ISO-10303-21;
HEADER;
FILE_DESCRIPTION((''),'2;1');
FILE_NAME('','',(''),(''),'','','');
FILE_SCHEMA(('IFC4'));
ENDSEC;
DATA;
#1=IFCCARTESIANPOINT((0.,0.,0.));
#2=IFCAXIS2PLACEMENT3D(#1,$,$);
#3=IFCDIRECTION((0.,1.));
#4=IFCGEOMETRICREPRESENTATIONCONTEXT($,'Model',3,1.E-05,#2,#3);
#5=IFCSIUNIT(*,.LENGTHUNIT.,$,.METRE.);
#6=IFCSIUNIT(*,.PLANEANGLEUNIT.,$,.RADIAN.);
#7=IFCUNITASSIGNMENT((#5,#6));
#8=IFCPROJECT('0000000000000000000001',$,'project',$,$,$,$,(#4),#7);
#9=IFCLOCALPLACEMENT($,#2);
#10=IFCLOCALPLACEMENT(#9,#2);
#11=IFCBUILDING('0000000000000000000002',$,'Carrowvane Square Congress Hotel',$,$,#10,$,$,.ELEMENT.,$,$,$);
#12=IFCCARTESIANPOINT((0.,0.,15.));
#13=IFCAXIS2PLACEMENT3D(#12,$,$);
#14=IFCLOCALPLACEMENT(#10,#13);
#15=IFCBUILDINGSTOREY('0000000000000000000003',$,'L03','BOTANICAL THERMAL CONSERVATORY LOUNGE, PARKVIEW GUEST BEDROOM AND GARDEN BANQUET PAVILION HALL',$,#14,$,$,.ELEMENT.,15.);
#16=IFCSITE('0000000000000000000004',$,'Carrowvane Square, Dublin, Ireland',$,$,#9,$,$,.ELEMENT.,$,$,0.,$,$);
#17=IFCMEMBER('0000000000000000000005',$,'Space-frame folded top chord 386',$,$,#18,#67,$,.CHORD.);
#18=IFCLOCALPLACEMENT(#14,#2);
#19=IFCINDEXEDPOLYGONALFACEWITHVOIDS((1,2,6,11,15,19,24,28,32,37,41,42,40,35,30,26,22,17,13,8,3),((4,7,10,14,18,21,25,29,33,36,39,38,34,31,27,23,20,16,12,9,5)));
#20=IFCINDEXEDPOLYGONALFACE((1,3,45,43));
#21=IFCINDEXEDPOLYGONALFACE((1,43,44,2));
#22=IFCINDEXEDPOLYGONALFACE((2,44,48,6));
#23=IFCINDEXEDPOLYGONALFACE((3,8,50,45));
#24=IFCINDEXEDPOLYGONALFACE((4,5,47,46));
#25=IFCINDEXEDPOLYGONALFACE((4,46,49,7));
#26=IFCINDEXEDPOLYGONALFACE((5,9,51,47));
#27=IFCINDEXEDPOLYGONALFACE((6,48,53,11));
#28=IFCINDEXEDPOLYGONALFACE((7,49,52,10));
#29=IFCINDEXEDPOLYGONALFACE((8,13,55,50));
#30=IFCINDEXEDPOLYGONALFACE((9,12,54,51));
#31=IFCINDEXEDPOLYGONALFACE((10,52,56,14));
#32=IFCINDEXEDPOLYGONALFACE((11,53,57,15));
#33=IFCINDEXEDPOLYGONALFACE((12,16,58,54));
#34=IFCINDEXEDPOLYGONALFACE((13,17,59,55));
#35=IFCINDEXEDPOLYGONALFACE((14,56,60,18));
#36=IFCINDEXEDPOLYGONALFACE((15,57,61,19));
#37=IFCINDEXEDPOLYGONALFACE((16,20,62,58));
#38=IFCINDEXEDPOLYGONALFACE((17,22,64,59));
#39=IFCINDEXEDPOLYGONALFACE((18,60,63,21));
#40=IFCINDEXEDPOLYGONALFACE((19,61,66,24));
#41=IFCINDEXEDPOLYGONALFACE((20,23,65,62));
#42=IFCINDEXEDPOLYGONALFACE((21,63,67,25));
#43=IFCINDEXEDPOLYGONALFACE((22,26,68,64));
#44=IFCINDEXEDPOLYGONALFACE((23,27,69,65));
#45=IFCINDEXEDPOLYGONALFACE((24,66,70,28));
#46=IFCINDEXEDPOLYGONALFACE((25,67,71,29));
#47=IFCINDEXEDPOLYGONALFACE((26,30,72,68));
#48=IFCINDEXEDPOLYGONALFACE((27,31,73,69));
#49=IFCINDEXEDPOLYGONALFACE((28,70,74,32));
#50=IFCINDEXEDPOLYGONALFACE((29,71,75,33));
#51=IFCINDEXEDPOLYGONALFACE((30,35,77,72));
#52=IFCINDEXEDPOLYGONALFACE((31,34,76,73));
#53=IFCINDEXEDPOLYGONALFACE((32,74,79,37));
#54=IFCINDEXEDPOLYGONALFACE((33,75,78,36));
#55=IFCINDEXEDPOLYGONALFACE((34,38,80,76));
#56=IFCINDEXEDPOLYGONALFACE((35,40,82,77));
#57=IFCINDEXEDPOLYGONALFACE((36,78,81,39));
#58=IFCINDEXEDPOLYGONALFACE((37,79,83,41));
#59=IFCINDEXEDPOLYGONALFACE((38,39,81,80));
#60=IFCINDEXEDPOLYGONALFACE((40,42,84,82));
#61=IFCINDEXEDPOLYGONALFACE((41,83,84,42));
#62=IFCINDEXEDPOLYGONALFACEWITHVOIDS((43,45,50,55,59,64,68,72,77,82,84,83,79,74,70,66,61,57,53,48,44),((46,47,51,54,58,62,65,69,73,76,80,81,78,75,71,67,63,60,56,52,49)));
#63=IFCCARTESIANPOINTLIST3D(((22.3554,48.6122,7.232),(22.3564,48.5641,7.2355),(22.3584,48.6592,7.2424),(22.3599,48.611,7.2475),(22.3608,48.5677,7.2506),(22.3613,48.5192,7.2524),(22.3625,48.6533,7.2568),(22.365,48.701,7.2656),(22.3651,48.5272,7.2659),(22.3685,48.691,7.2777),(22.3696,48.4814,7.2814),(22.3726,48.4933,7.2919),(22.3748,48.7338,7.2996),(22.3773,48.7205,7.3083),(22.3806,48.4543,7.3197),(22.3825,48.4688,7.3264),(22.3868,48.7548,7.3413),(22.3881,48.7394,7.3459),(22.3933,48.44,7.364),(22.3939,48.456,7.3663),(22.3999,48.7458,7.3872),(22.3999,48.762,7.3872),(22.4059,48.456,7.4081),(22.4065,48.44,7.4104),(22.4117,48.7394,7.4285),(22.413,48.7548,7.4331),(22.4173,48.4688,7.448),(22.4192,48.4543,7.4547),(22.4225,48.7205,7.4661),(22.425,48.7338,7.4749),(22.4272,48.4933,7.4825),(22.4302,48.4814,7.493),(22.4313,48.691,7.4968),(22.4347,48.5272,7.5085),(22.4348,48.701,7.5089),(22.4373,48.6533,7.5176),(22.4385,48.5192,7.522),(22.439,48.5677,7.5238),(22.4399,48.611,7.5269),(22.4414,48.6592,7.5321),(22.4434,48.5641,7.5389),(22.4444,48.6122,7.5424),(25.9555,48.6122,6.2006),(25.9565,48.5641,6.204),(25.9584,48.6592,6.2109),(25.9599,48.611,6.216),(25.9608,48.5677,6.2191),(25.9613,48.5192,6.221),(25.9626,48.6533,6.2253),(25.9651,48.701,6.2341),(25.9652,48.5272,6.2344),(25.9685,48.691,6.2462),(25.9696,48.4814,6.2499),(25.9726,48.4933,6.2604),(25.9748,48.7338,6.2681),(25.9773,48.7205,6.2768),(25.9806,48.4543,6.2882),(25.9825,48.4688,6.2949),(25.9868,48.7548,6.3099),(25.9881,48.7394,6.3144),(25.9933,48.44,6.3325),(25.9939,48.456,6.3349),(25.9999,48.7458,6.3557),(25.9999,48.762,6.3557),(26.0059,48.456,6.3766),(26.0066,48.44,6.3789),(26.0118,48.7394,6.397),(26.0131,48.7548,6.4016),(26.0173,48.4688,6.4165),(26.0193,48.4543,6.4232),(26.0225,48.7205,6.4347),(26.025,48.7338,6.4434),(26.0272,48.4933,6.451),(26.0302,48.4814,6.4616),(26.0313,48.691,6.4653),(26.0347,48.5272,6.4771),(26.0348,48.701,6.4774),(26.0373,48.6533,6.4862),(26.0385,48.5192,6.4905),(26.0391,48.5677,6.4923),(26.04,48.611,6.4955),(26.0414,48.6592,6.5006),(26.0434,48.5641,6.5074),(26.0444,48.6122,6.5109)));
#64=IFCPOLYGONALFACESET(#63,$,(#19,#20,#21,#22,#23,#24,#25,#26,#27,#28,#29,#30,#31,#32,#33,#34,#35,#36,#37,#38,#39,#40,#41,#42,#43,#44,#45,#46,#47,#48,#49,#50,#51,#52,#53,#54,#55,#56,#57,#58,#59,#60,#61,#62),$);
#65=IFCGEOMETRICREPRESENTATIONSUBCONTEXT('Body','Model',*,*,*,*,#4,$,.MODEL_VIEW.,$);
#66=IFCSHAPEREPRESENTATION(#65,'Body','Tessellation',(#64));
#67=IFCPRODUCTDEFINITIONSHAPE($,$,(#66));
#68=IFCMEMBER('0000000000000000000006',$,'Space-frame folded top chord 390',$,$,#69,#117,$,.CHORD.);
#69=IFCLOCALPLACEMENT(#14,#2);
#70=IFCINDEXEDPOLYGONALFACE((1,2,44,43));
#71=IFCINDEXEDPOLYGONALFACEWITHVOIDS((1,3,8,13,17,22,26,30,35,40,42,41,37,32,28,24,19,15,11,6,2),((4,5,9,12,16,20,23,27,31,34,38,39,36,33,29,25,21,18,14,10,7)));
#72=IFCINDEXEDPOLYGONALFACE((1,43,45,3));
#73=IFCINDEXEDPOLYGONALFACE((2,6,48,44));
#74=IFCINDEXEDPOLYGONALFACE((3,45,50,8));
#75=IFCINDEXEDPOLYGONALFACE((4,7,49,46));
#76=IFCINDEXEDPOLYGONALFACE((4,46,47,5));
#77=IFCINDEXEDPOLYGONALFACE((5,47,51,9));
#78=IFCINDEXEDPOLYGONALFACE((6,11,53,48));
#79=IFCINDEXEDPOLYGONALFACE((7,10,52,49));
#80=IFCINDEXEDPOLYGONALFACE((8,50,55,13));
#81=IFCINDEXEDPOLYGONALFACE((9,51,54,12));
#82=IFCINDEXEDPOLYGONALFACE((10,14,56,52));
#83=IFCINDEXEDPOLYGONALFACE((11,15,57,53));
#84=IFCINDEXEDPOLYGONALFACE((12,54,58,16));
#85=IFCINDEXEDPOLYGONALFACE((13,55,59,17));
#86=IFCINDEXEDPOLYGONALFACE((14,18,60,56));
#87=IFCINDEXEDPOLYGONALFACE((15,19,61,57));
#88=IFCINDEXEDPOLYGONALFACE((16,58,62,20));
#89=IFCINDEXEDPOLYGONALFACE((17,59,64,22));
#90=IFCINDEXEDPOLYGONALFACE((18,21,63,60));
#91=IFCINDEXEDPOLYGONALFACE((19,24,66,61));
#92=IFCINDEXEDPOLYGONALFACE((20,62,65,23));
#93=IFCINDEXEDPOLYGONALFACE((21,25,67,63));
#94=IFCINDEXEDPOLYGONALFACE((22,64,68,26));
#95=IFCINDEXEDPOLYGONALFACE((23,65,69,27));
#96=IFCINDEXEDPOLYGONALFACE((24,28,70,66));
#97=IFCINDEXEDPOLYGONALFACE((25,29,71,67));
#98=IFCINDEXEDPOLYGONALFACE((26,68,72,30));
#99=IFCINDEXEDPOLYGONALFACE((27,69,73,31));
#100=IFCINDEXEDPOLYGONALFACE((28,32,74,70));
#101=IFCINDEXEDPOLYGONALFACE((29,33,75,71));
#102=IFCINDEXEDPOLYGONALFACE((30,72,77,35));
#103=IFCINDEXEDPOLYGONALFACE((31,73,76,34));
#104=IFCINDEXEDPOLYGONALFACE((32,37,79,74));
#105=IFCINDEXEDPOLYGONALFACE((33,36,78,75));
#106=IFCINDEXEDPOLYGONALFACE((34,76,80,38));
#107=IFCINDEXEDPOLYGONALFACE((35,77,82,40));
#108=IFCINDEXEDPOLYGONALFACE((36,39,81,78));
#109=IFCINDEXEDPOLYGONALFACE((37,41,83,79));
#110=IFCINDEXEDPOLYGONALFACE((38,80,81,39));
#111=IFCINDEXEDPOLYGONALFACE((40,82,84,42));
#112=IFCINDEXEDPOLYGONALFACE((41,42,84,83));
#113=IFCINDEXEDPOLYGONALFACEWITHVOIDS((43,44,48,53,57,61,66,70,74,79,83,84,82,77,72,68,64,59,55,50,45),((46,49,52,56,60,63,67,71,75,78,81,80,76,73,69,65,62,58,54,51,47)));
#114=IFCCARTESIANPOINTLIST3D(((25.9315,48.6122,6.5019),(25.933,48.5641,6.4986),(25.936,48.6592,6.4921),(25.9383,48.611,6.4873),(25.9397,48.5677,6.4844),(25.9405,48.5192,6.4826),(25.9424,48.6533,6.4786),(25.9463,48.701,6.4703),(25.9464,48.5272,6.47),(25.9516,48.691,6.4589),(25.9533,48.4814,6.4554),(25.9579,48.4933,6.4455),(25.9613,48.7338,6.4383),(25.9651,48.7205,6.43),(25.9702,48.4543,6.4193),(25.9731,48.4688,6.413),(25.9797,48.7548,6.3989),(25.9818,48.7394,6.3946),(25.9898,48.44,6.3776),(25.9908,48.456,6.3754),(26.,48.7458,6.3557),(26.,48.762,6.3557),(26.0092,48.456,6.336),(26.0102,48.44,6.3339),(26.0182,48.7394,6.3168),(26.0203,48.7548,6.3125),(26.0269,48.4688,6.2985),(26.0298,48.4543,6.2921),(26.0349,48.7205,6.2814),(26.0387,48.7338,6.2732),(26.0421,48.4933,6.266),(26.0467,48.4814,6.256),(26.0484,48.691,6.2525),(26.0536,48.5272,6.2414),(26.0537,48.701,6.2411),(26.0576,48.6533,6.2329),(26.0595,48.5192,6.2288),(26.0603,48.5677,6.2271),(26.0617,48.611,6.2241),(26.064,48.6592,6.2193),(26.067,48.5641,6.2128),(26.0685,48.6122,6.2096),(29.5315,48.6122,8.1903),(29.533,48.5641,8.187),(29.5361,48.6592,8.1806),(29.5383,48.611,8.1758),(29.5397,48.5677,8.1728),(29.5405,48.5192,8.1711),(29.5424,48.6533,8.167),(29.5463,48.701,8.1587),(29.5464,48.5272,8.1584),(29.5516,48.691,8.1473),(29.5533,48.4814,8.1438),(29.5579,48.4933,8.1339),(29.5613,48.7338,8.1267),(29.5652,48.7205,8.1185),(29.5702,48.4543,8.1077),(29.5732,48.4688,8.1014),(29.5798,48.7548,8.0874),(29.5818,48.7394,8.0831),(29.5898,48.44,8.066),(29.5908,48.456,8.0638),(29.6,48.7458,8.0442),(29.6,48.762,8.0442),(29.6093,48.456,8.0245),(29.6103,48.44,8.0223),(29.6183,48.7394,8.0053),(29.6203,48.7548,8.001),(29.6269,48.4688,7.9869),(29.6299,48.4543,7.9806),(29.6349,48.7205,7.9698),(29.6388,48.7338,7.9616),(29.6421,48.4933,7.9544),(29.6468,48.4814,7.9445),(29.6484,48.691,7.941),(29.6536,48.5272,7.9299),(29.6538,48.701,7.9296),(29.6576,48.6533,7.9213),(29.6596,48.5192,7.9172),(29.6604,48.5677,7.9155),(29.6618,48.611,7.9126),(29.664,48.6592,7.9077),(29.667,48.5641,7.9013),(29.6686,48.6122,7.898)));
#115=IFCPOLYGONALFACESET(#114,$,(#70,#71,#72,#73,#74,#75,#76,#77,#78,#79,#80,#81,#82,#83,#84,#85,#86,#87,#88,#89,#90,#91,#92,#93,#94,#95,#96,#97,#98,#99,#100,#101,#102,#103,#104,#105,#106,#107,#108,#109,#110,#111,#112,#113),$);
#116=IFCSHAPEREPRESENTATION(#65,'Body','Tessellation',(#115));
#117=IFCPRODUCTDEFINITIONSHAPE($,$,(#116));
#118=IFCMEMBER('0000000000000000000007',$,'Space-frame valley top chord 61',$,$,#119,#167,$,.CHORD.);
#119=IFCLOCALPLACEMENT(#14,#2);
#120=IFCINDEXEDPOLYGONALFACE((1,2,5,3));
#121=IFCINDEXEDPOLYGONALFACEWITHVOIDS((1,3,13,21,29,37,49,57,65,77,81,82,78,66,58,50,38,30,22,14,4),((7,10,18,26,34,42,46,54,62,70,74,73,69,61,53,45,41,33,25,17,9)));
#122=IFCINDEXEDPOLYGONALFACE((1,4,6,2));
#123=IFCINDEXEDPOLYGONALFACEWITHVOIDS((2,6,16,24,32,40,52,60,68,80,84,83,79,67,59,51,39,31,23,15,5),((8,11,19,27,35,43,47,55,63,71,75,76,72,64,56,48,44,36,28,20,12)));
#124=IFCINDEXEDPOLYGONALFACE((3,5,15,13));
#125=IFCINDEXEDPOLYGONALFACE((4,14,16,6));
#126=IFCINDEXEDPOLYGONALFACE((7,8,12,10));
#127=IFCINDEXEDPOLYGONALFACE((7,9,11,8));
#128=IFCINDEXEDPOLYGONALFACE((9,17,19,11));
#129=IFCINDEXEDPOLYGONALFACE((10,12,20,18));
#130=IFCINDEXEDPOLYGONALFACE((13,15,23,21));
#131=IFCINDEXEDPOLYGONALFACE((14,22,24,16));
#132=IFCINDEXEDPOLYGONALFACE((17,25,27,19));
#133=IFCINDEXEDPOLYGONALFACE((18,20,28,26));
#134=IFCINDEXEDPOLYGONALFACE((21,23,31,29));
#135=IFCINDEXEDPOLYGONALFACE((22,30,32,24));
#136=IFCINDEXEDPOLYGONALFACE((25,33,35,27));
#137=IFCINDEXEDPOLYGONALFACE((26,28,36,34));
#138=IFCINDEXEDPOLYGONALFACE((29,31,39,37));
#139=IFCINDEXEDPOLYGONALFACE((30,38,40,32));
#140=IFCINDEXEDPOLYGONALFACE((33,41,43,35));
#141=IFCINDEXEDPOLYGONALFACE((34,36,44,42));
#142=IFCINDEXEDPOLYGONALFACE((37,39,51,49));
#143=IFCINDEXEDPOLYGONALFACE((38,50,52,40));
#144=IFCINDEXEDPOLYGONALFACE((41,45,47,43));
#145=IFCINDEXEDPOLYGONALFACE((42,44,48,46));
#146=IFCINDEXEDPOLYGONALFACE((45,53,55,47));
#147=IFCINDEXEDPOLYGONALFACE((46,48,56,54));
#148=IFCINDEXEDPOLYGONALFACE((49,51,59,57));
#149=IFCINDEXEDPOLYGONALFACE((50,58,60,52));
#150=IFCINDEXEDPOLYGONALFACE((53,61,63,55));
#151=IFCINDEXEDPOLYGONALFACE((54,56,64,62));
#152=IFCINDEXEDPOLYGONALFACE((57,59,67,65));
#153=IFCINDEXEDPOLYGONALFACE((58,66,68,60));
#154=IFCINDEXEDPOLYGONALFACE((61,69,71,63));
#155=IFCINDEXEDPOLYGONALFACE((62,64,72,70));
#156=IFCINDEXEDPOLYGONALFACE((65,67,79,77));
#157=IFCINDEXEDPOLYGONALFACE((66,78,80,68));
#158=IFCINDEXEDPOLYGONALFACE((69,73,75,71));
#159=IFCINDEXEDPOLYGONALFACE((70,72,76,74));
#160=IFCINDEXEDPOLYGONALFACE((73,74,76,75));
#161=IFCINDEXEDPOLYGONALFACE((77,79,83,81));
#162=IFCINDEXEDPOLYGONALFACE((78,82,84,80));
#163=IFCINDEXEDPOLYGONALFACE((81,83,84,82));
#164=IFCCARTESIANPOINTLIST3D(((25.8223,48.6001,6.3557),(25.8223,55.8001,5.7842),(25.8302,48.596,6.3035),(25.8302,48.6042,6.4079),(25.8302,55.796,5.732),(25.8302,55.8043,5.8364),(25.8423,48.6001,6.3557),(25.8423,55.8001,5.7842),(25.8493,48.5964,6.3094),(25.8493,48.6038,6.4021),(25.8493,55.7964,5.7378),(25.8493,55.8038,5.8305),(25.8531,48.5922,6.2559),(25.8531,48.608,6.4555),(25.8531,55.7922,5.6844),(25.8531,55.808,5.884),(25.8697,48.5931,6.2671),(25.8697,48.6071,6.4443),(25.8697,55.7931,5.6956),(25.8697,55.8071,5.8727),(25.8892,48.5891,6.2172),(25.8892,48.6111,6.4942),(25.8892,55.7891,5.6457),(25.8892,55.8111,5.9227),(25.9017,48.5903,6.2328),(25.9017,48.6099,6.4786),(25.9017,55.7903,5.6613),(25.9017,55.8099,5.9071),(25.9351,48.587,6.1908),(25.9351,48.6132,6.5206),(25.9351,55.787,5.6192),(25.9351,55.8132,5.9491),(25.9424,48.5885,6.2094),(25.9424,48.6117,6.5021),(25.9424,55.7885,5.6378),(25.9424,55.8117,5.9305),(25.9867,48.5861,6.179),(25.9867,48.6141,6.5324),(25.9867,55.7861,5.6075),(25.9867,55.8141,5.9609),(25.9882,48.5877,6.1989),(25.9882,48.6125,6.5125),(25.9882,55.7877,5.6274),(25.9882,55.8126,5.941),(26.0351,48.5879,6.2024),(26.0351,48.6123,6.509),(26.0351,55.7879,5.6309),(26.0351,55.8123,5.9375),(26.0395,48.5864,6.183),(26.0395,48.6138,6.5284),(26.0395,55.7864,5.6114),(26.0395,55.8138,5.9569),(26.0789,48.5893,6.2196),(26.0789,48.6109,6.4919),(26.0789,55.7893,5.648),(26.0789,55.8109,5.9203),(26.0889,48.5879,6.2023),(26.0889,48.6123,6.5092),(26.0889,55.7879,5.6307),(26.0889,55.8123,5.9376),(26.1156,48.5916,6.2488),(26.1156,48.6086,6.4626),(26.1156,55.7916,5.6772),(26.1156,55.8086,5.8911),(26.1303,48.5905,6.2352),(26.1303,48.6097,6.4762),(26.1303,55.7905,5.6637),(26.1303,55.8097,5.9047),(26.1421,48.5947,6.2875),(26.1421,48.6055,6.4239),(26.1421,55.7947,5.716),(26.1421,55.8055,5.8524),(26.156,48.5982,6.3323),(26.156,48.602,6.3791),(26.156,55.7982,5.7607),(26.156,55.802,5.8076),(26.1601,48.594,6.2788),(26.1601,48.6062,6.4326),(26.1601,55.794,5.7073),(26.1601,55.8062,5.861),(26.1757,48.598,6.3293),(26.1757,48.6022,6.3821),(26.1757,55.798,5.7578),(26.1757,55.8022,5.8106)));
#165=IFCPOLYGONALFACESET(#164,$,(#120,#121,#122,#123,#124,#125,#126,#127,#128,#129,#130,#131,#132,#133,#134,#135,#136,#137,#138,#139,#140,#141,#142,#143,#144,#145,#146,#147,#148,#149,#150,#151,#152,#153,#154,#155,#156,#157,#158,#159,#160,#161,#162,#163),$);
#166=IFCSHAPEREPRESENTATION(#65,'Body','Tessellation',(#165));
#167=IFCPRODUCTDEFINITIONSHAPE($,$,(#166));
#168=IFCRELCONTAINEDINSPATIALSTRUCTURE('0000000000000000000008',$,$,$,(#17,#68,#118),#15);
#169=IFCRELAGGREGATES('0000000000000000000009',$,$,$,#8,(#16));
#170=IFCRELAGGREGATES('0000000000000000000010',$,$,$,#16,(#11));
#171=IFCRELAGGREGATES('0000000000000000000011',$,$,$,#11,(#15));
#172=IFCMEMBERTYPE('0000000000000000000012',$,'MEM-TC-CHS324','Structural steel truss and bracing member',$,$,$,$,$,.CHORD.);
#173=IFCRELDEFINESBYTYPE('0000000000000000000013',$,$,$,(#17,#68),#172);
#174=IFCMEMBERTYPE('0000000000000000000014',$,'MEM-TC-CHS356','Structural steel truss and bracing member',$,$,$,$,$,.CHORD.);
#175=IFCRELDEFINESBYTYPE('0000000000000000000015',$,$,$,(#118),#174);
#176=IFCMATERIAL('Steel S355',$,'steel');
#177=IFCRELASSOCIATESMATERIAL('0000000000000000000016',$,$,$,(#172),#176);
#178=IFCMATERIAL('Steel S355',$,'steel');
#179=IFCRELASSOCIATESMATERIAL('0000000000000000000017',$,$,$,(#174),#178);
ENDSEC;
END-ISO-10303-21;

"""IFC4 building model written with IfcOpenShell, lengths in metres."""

from ifc_helpers import new_model, si_unit, direction, frame, origin, origin_2d, place, context, subcontext, project, spatial, hollow_circle, extrude, material, material_profile, profile_set, type_object, element, save


model = new_model("IFC4")

# Units and contexts
model_context = context("Model", 3, precision=1e-05, world=origin(), true_north=direction((0.0, 1.0)))
body_context = subcontext(model_context, "Body", "Model", "MODEL_VIEW")
ifc_project = project(units=[si_unit("LENGTHUNIT", "METRE"), si_unit("PLANEANGLEUNIT", "RADIAN")], contexts=[model_context])

# Site, building, storey
site_placement = place(None, origin())
site = spatial("IfcSite", under=ifc_project, at=site_placement, Name="Carrowvane Square, Dublin, Ireland", CompositionType="ELEMENT", RefElevation=0.0)
building_placement = place(site_placement, origin())
building = spatial("IfcBuilding", under=site, at=building_placement, Name="Carrowvane Square Congress Hotel", CompositionType="ELEMENT")
storey_placement = place(building_placement, frame((0.0, 0.0, 15.0)))
storey = spatial("IfcBuildingStorey", under=building, at=storey_placement, Name="L03", Description="BOTANICAL THERMAL CONSERVATORY LOUNGE, PARKVIEW GUEST BEDROOM AND GARDEN BANQUET PAVILION HALL", CompositionType="ELEMENT", Elevation=15.0)

# Members
ifc_material_1 = material(Name="Steel S355", Category="steel")
ifc_material_profile_1 = material_profile(ifc_material_1, hollow_circle(Radius=0.1619, WallThickness=0.0161, at=origin_2d()), Name="CHS 323.9x16")
ifc_profile_set_1 = profile_set([ifc_material_profile_1], Name="Steel S355")
member_type_1 = type_object("IfcMemberType", Name="MEM-TC-CHS324", Description="Structural steel truss and bracing member", PredefinedType="CHORD", material=ifc_profile_set_1)
member_1_placement = place(storey_placement, frame((22.3999, 48.6001, 7.3872), z_axis=(0.961319, 0.0, -0.275436), x_axis=(0.0, 1.0, 0.0)))
element("IfcMember", 1, at=member_1_placement, inside=storey, type_object=member_type_1, Name="Space-frame folded top chord 386", PredefinedType="CHORD", context=body_context, shape_type="SweptSolid", body=[
    extrude(hollow_circle(Radius=0.1619, WallThickness=0.0161, at=origin_2d()), origin(), (0.0, 0.0, 1.0), 3.7449),
])
member_2_placement = place(storey_placement, frame((26.0, 48.6001, 6.3557), z_axis=(0.905369, 0.0, 0.424626), x_axis=(0.0, 1.0, 0.0)))
element("IfcMember", 2, at=member_2_placement, inside=storey, type_object=member_type_1, Name="Space-frame folded top chord 390", PredefinedType="CHORD", context=body_context, shape_type="SweptSolid", body=[
    extrude(hollow_circle(Radius=0.1619, WallThickness=0.0161, at=origin_2d()), origin(), (0.0, 0.0, 1.0), 3.9763),
])
ifc_material_2 = material(Name="Steel S355", Category="steel")
ifc_material_profile_2 = material_profile(ifc_material_2, hollow_circle(Radius=0.1777, WallThickness=0.02, at=origin_2d()), Name="CHS 355.6x20")
ifc_profile_set_2 = profile_set([ifc_material_profile_2], Name="Steel S355")
member_type_2 = type_object("IfcMemberType", Name="MEM-TC-CHS356", Description="Structural steel truss and bracing member", PredefinedType="CHORD", material=ifc_profile_set_2)
member_3_placement = place(storey_placement, frame((26.0, 48.6001, 6.3557), z_axis=(0.0, 0.996864, -0.079131), x_axis=(-1.0, 0.0, 0.0)))
element("IfcMember", 3, at=member_3_placement, inside=storey, type_object=member_type_2, Name="Space-frame valley top chord 61", PredefinedType="CHORD", context=body_context, shape_type="SweptSolid", body=[
    extrude(hollow_circle(Radius=0.1777, WallThickness=0.02, at=origin_2d()), origin(), (0.0, 0.0, 1.0), 7.2227),
])

save(model, "model.ifc")
